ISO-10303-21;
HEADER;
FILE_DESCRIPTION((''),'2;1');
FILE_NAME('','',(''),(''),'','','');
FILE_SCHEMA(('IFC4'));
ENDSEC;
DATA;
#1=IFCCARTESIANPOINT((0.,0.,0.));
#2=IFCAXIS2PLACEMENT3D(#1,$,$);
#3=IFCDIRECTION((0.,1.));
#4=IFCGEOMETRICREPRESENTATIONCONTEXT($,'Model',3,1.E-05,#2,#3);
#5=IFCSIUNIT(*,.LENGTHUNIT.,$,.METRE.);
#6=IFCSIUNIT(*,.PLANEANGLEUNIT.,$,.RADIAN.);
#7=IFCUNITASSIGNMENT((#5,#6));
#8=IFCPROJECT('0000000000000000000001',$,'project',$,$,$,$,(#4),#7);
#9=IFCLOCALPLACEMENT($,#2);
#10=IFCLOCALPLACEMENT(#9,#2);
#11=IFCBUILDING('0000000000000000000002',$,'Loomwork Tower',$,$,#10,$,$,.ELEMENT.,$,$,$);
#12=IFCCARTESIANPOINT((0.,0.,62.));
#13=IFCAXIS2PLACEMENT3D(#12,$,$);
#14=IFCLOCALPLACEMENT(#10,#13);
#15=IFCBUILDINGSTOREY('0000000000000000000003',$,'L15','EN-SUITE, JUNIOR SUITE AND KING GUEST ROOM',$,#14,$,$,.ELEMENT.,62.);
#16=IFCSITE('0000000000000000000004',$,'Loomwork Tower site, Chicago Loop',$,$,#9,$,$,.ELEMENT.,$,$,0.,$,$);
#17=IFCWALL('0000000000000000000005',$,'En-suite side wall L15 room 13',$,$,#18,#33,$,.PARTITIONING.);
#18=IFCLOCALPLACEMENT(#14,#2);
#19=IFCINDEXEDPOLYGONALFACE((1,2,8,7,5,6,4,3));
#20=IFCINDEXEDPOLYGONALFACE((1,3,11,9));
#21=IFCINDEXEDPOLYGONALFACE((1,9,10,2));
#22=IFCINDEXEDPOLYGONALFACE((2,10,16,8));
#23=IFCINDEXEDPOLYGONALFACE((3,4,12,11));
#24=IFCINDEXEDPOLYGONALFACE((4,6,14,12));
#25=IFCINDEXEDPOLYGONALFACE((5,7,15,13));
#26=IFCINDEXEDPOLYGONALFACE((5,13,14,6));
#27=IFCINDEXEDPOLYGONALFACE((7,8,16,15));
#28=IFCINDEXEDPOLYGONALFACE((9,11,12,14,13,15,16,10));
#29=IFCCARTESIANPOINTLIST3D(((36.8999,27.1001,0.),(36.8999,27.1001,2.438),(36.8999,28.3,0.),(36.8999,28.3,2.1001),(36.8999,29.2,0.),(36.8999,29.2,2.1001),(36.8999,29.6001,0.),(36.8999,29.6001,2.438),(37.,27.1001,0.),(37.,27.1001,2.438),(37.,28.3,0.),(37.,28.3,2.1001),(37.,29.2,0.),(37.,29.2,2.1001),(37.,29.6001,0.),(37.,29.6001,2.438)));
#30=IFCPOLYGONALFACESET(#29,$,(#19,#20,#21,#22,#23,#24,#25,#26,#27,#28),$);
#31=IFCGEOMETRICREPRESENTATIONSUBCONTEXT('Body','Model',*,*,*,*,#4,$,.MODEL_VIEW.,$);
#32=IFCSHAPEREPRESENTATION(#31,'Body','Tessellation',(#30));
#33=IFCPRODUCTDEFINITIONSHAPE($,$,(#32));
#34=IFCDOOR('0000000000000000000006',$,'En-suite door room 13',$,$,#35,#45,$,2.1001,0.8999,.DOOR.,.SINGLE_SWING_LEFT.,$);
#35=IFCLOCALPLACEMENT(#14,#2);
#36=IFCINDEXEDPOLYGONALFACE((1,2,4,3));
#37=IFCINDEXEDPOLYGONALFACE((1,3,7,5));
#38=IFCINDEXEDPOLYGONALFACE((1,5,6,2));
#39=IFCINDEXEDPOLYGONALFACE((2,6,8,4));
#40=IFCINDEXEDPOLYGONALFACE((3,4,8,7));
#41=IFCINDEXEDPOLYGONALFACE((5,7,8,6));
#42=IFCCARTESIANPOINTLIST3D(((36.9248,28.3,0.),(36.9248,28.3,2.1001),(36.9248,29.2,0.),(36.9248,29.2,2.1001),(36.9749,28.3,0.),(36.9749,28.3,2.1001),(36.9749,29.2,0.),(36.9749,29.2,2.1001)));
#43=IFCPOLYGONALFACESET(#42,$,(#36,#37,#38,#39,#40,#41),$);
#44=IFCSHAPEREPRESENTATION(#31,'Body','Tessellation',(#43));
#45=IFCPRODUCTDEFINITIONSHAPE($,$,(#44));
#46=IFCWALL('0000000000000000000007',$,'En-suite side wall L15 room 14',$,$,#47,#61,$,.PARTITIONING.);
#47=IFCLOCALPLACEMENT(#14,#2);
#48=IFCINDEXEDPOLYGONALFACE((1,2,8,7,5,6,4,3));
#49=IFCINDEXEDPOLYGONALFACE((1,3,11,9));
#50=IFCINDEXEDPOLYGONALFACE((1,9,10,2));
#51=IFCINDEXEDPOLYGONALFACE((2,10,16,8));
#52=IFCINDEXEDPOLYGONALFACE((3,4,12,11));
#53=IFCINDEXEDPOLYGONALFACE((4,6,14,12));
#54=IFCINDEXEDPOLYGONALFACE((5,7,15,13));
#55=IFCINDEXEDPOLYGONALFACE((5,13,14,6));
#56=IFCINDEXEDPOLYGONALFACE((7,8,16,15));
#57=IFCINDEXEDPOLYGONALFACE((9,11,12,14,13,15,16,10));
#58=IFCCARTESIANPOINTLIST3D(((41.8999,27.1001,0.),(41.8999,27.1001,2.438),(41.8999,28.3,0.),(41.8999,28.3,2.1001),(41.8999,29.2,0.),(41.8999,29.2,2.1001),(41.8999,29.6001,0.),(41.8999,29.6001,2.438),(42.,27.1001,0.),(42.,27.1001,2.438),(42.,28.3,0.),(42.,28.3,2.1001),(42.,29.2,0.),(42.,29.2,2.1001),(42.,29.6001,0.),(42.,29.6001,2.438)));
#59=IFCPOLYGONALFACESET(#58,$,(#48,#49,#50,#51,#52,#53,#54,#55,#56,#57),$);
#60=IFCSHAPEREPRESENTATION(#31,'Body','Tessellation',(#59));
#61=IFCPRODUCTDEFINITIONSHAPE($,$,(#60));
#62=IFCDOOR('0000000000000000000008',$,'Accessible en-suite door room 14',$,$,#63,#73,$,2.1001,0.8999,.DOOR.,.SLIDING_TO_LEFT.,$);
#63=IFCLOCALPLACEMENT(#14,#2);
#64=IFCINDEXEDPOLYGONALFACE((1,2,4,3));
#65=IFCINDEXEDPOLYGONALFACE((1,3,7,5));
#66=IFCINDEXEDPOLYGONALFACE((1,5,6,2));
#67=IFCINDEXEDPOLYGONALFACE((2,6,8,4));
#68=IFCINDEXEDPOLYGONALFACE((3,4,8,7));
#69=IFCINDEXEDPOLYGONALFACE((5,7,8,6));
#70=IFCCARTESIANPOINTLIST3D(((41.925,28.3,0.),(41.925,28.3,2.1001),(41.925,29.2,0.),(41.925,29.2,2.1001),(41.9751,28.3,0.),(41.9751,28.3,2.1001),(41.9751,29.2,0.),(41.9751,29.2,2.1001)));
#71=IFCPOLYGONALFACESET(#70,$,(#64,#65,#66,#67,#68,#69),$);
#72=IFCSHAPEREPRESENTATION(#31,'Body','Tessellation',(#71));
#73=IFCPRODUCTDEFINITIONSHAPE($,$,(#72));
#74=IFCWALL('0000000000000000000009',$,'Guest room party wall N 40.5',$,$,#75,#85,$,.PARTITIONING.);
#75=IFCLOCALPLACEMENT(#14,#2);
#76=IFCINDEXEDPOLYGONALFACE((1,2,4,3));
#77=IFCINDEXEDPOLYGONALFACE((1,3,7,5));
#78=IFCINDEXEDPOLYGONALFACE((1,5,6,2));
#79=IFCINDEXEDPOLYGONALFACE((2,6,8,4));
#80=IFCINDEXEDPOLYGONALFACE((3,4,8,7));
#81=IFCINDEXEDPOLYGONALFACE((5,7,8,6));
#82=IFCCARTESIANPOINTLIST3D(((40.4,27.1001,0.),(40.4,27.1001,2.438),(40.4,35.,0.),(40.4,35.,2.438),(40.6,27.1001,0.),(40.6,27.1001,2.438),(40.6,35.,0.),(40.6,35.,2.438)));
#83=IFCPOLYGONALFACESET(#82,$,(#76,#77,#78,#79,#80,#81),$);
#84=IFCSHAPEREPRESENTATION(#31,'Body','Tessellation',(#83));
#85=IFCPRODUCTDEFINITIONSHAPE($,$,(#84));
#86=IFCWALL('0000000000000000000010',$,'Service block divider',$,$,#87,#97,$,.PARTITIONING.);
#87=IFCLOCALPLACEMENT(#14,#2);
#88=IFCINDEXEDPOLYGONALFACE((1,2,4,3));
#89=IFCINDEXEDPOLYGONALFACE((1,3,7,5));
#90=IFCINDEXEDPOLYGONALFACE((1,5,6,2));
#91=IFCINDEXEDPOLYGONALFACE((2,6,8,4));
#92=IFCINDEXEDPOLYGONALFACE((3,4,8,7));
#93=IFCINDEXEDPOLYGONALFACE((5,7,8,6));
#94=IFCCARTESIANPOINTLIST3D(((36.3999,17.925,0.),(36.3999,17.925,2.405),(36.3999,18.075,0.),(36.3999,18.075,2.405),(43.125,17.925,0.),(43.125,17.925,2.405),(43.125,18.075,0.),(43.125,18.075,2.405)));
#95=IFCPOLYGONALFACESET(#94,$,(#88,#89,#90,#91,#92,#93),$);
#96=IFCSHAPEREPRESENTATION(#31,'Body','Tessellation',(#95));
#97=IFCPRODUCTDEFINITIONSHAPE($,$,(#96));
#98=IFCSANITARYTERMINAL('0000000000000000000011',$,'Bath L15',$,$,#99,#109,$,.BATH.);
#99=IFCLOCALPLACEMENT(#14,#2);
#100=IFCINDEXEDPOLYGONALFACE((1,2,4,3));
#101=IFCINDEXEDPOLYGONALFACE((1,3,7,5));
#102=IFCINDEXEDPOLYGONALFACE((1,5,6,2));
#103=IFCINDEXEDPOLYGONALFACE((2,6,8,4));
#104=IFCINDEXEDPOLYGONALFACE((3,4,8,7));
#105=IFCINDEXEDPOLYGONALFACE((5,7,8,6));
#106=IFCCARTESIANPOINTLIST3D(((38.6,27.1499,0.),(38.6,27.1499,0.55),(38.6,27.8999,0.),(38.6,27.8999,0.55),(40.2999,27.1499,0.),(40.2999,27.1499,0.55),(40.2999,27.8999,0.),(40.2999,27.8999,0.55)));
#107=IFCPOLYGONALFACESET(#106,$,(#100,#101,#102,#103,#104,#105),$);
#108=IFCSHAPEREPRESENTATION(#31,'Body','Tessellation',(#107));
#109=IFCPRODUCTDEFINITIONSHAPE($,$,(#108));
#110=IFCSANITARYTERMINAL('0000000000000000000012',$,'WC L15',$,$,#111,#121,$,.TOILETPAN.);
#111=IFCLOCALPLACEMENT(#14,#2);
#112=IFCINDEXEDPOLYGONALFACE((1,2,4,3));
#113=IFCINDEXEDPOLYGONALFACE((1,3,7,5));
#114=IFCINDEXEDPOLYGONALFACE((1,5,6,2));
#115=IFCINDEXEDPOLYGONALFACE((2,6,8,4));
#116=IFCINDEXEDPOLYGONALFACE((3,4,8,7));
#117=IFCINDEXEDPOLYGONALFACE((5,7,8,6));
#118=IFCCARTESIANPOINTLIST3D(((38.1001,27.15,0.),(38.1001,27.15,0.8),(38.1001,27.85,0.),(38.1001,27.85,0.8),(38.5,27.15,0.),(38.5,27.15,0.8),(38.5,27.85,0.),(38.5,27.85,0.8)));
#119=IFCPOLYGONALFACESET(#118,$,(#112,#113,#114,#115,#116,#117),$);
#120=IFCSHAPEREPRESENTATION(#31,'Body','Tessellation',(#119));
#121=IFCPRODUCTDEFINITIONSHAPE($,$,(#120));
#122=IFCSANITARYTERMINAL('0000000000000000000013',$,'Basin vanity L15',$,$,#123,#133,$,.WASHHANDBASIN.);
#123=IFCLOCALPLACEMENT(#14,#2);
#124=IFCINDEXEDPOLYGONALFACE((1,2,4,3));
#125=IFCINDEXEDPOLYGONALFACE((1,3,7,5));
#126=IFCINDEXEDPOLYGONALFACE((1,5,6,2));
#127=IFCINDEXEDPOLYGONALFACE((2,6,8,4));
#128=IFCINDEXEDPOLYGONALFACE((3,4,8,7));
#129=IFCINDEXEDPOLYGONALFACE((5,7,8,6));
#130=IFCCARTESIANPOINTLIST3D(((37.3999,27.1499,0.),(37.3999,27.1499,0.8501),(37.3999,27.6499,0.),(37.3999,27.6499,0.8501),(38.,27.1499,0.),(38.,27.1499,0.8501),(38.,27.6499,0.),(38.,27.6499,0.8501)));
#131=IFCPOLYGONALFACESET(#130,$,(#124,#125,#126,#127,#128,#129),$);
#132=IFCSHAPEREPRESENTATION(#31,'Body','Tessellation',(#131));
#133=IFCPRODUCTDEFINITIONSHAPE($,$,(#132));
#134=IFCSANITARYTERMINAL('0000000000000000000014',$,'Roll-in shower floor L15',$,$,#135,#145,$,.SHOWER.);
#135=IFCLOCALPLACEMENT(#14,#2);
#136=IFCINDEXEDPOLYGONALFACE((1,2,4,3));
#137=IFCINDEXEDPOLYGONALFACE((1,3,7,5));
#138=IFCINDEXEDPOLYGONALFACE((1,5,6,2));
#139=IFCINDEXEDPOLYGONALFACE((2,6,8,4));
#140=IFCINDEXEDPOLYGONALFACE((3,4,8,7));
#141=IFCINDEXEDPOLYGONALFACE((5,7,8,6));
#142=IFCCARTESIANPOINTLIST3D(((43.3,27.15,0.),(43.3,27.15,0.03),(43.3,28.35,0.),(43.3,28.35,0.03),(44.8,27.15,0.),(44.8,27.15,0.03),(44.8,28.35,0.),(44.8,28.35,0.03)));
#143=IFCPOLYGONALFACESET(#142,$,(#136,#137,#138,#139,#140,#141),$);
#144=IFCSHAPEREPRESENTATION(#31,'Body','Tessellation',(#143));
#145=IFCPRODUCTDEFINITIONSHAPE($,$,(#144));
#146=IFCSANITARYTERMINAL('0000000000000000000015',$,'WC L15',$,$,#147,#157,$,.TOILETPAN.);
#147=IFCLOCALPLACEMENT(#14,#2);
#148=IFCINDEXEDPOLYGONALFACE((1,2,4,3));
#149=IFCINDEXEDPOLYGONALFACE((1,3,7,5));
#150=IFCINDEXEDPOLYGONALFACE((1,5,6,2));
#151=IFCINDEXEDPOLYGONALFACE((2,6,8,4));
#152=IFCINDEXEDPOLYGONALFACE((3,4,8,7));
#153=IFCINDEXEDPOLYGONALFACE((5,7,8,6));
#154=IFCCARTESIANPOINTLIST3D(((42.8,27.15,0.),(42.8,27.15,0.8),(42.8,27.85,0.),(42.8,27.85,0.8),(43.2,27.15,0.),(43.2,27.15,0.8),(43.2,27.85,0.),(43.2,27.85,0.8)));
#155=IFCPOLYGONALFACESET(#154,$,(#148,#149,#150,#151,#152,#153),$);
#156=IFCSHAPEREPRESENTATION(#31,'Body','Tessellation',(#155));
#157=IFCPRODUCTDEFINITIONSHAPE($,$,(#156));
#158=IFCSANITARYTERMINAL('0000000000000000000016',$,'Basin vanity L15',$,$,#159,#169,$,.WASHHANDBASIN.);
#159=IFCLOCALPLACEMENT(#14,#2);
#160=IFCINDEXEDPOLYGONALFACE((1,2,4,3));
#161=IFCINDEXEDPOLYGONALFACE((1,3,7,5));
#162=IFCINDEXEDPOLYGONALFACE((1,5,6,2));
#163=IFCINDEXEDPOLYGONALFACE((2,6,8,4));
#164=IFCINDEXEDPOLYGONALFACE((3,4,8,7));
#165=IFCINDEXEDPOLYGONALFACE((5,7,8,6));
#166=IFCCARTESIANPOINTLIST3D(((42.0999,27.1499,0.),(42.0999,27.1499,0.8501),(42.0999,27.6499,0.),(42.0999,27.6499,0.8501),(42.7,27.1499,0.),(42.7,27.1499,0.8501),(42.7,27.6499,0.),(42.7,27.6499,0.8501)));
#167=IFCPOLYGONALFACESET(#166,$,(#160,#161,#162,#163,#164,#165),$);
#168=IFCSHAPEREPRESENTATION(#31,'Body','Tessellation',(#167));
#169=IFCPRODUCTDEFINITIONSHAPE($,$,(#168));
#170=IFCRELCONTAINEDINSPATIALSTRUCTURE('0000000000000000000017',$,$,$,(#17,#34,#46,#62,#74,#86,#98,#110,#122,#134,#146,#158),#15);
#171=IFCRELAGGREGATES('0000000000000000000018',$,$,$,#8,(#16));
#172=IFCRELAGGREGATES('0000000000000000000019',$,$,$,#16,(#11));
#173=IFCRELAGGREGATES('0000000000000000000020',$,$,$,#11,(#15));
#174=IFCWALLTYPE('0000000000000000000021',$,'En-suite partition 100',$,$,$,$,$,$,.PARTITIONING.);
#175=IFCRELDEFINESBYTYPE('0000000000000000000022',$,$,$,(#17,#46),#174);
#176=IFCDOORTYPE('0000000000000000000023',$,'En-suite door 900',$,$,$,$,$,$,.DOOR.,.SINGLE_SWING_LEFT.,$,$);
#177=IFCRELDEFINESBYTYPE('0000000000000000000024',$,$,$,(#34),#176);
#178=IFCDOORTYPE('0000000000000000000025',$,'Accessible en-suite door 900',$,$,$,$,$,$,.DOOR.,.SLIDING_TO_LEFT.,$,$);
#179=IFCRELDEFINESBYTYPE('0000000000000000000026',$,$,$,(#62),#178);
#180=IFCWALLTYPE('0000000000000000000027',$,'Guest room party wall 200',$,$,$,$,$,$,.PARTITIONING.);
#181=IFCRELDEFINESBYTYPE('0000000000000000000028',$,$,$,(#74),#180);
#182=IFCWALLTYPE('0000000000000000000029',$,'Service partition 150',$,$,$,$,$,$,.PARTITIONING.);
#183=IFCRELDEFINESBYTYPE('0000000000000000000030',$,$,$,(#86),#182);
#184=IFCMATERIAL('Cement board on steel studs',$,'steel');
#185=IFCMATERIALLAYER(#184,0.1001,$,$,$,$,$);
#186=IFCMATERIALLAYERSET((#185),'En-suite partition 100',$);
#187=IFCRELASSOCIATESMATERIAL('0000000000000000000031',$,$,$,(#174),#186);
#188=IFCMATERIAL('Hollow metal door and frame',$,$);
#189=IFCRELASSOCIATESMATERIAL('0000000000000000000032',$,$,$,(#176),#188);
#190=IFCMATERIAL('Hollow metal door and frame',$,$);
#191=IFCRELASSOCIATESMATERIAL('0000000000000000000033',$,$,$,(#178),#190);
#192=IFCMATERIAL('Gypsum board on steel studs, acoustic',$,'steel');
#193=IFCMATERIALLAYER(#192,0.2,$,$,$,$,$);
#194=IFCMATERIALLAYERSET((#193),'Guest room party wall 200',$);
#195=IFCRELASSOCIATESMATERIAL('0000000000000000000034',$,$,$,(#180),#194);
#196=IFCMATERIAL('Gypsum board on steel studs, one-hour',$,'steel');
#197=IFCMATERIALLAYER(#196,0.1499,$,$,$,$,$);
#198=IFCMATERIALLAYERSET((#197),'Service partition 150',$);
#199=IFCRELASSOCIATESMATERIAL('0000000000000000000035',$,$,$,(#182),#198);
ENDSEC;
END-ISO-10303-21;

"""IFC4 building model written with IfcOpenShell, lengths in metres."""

from ifc_helpers import new_model, si_unit, direction, frame, frame_2d, origin, origin_2d, place, context, subcontext, project, spatial, rectangle, extrude, material, layer, layer_set, type_object, element, fill, save


model = new_model("IFC4")

# Units and contexts
model_context = context("Model", 3, precision=1e-05, world=origin(), true_north=direction((0.0, 1.0)))
body_context = subcontext(model_context, "Body", "Model", "MODEL_VIEW")
ifc_project = project(units=[si_unit("LENGTHUNIT", "METRE"), si_unit("PLANEANGLEUNIT", "RADIAN")], contexts=[model_context])

# Site, building, storey
site_placement = place(None, origin())
site = spatial("IfcSite", under=ifc_project, at=site_placement, Name="Loomwork Tower site, Chicago Loop", CompositionType="ELEMENT", RefElevation=0.0)
building_placement = place(site_placement, origin())
building = spatial("IfcBuilding", under=site, at=building_placement, Name="Loomwork Tower", CompositionType="ELEMENT")
storey_placement = place(building_placement, frame((0.0, 0.0, 62.0)))
storey = spatial("IfcBuildingStorey", under=building, at=storey_placement, Name="L15", Description="EN-SUITE, JUNIOR SUITE AND KING GUEST ROOM", CompositionType="ELEMENT", Elevation=62.0)

# Shared definitions
ifc_material_1 = material(Name="Cement board on steel studs", Category="steel")
ifc_layer_1 = layer(ifc_material_1, 0.1001)
ifc_layer_set_1 = layer_set([ifc_layer_1], Name="En-suite partition 100")
wall_type_1 = type_object("IfcWallType", Name="En-suite partition 100", PredefinedType="PARTITIONING", material=ifc_layer_set_1)

# Walls, openings, doors
wall_1_placement = place(storey_placement, frame((36.95, 27.1001, 0.0), z_axis=(0.0, 0.0, 1.0), x_axis=(0.0, 1.0, 0.0)))
wall_1 = element("IfcWall", 1, at=wall_1_placement, inside=storey, type_object=wall_type_1, Name="En-suite side wall L15 room 13", PredefinedType="PARTITIONING", context=body_context, shape_type="SweptSolid", body=[
    extrude(rectangle(XDim=2.5, YDim=0.1001, at=frame_2d((1.25, 0.0))), origin(), (0.0, 0.0, 1.0), 2.438),
])
opening_1_placement = place(wall_1_placement, frame((1.2, 0.0, 0.0)))
opening_1 = element("IfcOpeningElement", 2, at=opening_1_placement, cuts=wall_1, PredefinedType="OPENING", context=body_context, shape_type="SweptSolid", body=[
    extrude(rectangle(XDim=0.8999, YDim=2.1001, at=frame_2d((0.45, 1.05))), frame((0.0, 0.0601, 0.0), z_axis=(0.0, -1.0, 0.0), x_axis=(1.0, 0.0, 0.0)), (0.0, 0.0, 1.0), 0.1201),
])
ifc_material_2 = material(Name="Hollow metal door and frame")
door_type_1 = type_object("IfcDoorType", Name="En-suite door 900", OperationType="SINGLE_SWING_LEFT", PredefinedType="DOOR", material=ifc_material_2)
door_1_placement = place(opening_1_placement, frame((0.8999, 0.0, 0.0), z_axis=(0.0, 0.0, 1.0), x_axis=(-1.0, 0.0, 0.0)))
door_1 = element("IfcDoor", 3, at=door_1_placement, inside=storey, type_object=door_type_1, Name="En-suite door room 13", OperationType="SINGLE_SWING_LEFT", OverallHeight=2.1001, OverallWidth=0.8999, PredefinedType="DOOR", context=body_context, shape_type="SweptSolid", body=[
    extrude(rectangle(XDim=0.8999, YDim=2.1001, at=frame_2d((0.45, 1.05))), frame((0.0, 0.0249, 0.0), z_axis=(0.0, -1.0, 0.0), x_axis=(1.0, 0.0, 0.0)), (0.0, 0.0, 1.0), 0.05),
])
fill(opening_1, door_1)
wall_2_placement = place(storey_placement, frame((41.95, 27.1001, 0.0), z_axis=(0.0, 0.0, 1.0), x_axis=(0.0, 1.0, 0.0)))
wall_2 = element("IfcWall", 4, at=wall_2_placement, inside=storey, type_object=wall_type_1, Name="En-suite side wall L15 room 14", PredefinedType="PARTITIONING", context=body_context, shape_type="SweptSolid", body=[
    extrude(rectangle(XDim=2.5, YDim=0.1001, at=frame_2d((1.25, 0.0))), origin(), (0.0, 0.0, 1.0), 2.438),
])
opening_2_placement = place(wall_2_placement, frame((1.2, 0.0, 0.0)))
opening_2 = element("IfcOpeningElement", 5, at=opening_2_placement, cuts=wall_2, PredefinedType="OPENING", context=body_context, shape_type="SweptSolid", body=[
    extrude(rectangle(XDim=0.8999, YDim=2.1001, at=frame_2d((0.45, 1.05))), frame((0.0, 0.0601, 0.0), z_axis=(0.0, -1.0, 0.0), x_axis=(1.0, 0.0, 0.0)), (0.0, 0.0, 1.0), 0.1201),
])
ifc_material_3 = material(Name="Hollow metal door and frame")
door_type_2 = type_object("IfcDoorType", Name="Accessible en-suite door 900", OperationType="SLIDING_TO_LEFT", PredefinedType="DOOR", material=ifc_material_3)
door_2_placement = place(opening_2_placement, origin())
door_2 = element("IfcDoor", 6, at=door_2_placement, inside=storey, type_object=door_type_2, Name="Accessible en-suite door room 14", OperationType="SLIDING_TO_LEFT", OverallHeight=2.1001, OverallWidth=0.8999, PredefinedType="DOOR", context=body_context, shape_type="SweptSolid", body=[
    extrude(rectangle(XDim=0.8999, YDim=2.1001, at=frame_2d((0.45, 1.05))), frame((0.0, 0.0249, 0.0), z_axis=(0.0, -1.0, 0.0), x_axis=(1.0, 0.0, 0.0)), (0.0, 0.0, 1.0), 0.05),
])
fill(opening_2, door_2)

# Walls
ifc_material_4 = material(Name="Gypsum board on steel studs, acoustic", Category="steel")
ifc_layer_2 = layer(ifc_material_4, 0.2)
ifc_layer_set_2 = layer_set([ifc_layer_2], Name="Guest room party wall 200")
wall_type_2 = type_object("IfcWallType", Name="Guest room party wall 200", PredefinedType="PARTITIONING", material=ifc_layer_set_2)
wall_3_placement = place(storey_placement, frame((40.5, 27.1001, 0.0), z_axis=(0.0, 0.0, 1.0), x_axis=(0.0, 1.0, 0.0)))
element("IfcWall", 7, at=wall_3_placement, inside=storey, type_object=wall_type_2, Name="Guest room party wall N 40.5", PredefinedType="PARTITIONING", context=body_context, shape_type="SweptSolid", body=[
    extrude(rectangle(XDim=7.8999, YDim=0.2, at=frame_2d((3.95, 0.0))), origin(), (0.0, 0.0, 1.0), 2.438),
])
ifc_material_5 = material(Name="Gypsum board on steel studs, one-hour", Category="steel")
ifc_layer_3 = layer(ifc_material_5, 0.1499)
ifc_layer_set_3 = layer_set([ifc_layer_3], Name="Service partition 150")
wall_type_3 = type_object("IfcWallType", Name="Service partition 150", PredefinedType="PARTITIONING", material=ifc_layer_set_3)
wall_4_placement = place(storey_placement, frame((36.3999, 18.0, 0.0), z_axis=(0.0, 0.0, 1.0), x_axis=(1.0, 0.0, 0.0)))
element("IfcWall", 8, at=wall_4_placement, inside=storey, type_object=wall_type_3, Name="Service block divider", PredefinedType="PARTITIONING", context=body_context, shape_type="SweptSolid", body=[
    extrude(rectangle(XDim=6.7251, YDim=0.1499, at=frame_2d((3.3625, 0.0))), origin(), (0.0, 0.0, 1.0), 2.405),
])

# Sanitary terminals
sanitary_terminal_1_placement = place(storey_placement, frame((39.45, 27.5249, 0.0), z_axis=(0.0, 0.0, 1.0), x_axis=(1.0, 0.0, 0.0)))
element("IfcSanitaryTerminal", 9, at=sanitary_terminal_1_placement, inside=storey, Name="Bath L15", PredefinedType="BATH", context=body_context, shape_type="SweptSolid", body=[
    extrude(rectangle(XDim=1.7, YDim=0.75, at=origin_2d()), origin(), (0.0, 0.0, 1.0), 0.55),
])
sanitary_terminal_2_placement = place(storey_placement, frame((38.3, 27.5, 0.0), z_axis=(0.0, 0.0, 1.0), x_axis=(1.0, 0.0, 0.0)))
element("IfcSanitaryTerminal", 10, at=sanitary_terminal_2_placement, inside=storey, Name="WC L15", PredefinedType="TOILETPAN", context=body_context, shape_type="SweptSolid", body=[
    extrude(rectangle(XDim=0.3999, YDim=0.7, at=origin_2d()), origin(), (0.0, 0.0, 1.0), 0.8),
])
sanitary_terminal_3_placement = place(storey_placement, frame((37.7, 27.3999, 0.0), z_axis=(0.0, 0.0, 1.0), x_axis=(1.0, 0.0, 0.0)))
element("IfcSanitaryTerminal", 11, at=sanitary_terminal_3_placement, inside=storey, Name="Basin vanity L15", PredefinedType="WASHHANDBASIN", context=body_context, shape_type="SweptSolid", body=[
    extrude(rectangle(XDim=0.6001, YDim=0.5, at=origin_2d()), origin(), (0.0, 0.0, 1.0), 0.8501),
])
sanitary_terminal_4_placement = place(storey_placement, frame((44.05, 27.75, 0.0), z_axis=(0.0, 0.0, 1.0), x_axis=(1.0, 0.0, 0.0)))
element("IfcSanitaryTerminal", 12, at=sanitary_terminal_4_placement, inside=storey, Name="Roll-in shower floor L15", PredefinedType="SHOWER", context=body_context, shape_type="SweptSolid", body=[
    extrude(rectangle(XDim=1.5, YDim=1.2, at=origin_2d()), origin(), (0.0, 0.0, 1.0), 0.03),
])
sanitary_terminal_5_placement = place(storey_placement, frame((43.0, 27.5, 0.0), z_axis=(0.0, 0.0, 1.0), x_axis=(1.0, 0.0, 0.0)))
element("IfcSanitaryTerminal", 13, at=sanitary_terminal_5_placement, inside=storey, Name="WC L15", PredefinedType="TOILETPAN", context=body_context, shape_type="SweptSolid", body=[
    extrude(rectangle(XDim=0.3999, YDim=0.7, at=origin_2d()), origin(), (0.0, 0.0, 1.0), 0.8),
])
sanitary_terminal_6_placement = place(storey_placement, frame((42.3999, 27.3999, 0.0), z_axis=(0.0, 0.0, 1.0), x_axis=(1.0, 0.0, 0.0)))
element("IfcSanitaryTerminal", 14, at=sanitary_terminal_6_placement, inside=storey, Name="Basin vanity L15", PredefinedType="WASHHANDBASIN", context=body_context, shape_type="SweptSolid", body=[
    extrude(rectangle(XDim=0.6001, YDim=0.5, at=origin_2d()), origin(), (0.0, 0.0, 1.0), 0.8501),
])

save(model, "model.ifc")
